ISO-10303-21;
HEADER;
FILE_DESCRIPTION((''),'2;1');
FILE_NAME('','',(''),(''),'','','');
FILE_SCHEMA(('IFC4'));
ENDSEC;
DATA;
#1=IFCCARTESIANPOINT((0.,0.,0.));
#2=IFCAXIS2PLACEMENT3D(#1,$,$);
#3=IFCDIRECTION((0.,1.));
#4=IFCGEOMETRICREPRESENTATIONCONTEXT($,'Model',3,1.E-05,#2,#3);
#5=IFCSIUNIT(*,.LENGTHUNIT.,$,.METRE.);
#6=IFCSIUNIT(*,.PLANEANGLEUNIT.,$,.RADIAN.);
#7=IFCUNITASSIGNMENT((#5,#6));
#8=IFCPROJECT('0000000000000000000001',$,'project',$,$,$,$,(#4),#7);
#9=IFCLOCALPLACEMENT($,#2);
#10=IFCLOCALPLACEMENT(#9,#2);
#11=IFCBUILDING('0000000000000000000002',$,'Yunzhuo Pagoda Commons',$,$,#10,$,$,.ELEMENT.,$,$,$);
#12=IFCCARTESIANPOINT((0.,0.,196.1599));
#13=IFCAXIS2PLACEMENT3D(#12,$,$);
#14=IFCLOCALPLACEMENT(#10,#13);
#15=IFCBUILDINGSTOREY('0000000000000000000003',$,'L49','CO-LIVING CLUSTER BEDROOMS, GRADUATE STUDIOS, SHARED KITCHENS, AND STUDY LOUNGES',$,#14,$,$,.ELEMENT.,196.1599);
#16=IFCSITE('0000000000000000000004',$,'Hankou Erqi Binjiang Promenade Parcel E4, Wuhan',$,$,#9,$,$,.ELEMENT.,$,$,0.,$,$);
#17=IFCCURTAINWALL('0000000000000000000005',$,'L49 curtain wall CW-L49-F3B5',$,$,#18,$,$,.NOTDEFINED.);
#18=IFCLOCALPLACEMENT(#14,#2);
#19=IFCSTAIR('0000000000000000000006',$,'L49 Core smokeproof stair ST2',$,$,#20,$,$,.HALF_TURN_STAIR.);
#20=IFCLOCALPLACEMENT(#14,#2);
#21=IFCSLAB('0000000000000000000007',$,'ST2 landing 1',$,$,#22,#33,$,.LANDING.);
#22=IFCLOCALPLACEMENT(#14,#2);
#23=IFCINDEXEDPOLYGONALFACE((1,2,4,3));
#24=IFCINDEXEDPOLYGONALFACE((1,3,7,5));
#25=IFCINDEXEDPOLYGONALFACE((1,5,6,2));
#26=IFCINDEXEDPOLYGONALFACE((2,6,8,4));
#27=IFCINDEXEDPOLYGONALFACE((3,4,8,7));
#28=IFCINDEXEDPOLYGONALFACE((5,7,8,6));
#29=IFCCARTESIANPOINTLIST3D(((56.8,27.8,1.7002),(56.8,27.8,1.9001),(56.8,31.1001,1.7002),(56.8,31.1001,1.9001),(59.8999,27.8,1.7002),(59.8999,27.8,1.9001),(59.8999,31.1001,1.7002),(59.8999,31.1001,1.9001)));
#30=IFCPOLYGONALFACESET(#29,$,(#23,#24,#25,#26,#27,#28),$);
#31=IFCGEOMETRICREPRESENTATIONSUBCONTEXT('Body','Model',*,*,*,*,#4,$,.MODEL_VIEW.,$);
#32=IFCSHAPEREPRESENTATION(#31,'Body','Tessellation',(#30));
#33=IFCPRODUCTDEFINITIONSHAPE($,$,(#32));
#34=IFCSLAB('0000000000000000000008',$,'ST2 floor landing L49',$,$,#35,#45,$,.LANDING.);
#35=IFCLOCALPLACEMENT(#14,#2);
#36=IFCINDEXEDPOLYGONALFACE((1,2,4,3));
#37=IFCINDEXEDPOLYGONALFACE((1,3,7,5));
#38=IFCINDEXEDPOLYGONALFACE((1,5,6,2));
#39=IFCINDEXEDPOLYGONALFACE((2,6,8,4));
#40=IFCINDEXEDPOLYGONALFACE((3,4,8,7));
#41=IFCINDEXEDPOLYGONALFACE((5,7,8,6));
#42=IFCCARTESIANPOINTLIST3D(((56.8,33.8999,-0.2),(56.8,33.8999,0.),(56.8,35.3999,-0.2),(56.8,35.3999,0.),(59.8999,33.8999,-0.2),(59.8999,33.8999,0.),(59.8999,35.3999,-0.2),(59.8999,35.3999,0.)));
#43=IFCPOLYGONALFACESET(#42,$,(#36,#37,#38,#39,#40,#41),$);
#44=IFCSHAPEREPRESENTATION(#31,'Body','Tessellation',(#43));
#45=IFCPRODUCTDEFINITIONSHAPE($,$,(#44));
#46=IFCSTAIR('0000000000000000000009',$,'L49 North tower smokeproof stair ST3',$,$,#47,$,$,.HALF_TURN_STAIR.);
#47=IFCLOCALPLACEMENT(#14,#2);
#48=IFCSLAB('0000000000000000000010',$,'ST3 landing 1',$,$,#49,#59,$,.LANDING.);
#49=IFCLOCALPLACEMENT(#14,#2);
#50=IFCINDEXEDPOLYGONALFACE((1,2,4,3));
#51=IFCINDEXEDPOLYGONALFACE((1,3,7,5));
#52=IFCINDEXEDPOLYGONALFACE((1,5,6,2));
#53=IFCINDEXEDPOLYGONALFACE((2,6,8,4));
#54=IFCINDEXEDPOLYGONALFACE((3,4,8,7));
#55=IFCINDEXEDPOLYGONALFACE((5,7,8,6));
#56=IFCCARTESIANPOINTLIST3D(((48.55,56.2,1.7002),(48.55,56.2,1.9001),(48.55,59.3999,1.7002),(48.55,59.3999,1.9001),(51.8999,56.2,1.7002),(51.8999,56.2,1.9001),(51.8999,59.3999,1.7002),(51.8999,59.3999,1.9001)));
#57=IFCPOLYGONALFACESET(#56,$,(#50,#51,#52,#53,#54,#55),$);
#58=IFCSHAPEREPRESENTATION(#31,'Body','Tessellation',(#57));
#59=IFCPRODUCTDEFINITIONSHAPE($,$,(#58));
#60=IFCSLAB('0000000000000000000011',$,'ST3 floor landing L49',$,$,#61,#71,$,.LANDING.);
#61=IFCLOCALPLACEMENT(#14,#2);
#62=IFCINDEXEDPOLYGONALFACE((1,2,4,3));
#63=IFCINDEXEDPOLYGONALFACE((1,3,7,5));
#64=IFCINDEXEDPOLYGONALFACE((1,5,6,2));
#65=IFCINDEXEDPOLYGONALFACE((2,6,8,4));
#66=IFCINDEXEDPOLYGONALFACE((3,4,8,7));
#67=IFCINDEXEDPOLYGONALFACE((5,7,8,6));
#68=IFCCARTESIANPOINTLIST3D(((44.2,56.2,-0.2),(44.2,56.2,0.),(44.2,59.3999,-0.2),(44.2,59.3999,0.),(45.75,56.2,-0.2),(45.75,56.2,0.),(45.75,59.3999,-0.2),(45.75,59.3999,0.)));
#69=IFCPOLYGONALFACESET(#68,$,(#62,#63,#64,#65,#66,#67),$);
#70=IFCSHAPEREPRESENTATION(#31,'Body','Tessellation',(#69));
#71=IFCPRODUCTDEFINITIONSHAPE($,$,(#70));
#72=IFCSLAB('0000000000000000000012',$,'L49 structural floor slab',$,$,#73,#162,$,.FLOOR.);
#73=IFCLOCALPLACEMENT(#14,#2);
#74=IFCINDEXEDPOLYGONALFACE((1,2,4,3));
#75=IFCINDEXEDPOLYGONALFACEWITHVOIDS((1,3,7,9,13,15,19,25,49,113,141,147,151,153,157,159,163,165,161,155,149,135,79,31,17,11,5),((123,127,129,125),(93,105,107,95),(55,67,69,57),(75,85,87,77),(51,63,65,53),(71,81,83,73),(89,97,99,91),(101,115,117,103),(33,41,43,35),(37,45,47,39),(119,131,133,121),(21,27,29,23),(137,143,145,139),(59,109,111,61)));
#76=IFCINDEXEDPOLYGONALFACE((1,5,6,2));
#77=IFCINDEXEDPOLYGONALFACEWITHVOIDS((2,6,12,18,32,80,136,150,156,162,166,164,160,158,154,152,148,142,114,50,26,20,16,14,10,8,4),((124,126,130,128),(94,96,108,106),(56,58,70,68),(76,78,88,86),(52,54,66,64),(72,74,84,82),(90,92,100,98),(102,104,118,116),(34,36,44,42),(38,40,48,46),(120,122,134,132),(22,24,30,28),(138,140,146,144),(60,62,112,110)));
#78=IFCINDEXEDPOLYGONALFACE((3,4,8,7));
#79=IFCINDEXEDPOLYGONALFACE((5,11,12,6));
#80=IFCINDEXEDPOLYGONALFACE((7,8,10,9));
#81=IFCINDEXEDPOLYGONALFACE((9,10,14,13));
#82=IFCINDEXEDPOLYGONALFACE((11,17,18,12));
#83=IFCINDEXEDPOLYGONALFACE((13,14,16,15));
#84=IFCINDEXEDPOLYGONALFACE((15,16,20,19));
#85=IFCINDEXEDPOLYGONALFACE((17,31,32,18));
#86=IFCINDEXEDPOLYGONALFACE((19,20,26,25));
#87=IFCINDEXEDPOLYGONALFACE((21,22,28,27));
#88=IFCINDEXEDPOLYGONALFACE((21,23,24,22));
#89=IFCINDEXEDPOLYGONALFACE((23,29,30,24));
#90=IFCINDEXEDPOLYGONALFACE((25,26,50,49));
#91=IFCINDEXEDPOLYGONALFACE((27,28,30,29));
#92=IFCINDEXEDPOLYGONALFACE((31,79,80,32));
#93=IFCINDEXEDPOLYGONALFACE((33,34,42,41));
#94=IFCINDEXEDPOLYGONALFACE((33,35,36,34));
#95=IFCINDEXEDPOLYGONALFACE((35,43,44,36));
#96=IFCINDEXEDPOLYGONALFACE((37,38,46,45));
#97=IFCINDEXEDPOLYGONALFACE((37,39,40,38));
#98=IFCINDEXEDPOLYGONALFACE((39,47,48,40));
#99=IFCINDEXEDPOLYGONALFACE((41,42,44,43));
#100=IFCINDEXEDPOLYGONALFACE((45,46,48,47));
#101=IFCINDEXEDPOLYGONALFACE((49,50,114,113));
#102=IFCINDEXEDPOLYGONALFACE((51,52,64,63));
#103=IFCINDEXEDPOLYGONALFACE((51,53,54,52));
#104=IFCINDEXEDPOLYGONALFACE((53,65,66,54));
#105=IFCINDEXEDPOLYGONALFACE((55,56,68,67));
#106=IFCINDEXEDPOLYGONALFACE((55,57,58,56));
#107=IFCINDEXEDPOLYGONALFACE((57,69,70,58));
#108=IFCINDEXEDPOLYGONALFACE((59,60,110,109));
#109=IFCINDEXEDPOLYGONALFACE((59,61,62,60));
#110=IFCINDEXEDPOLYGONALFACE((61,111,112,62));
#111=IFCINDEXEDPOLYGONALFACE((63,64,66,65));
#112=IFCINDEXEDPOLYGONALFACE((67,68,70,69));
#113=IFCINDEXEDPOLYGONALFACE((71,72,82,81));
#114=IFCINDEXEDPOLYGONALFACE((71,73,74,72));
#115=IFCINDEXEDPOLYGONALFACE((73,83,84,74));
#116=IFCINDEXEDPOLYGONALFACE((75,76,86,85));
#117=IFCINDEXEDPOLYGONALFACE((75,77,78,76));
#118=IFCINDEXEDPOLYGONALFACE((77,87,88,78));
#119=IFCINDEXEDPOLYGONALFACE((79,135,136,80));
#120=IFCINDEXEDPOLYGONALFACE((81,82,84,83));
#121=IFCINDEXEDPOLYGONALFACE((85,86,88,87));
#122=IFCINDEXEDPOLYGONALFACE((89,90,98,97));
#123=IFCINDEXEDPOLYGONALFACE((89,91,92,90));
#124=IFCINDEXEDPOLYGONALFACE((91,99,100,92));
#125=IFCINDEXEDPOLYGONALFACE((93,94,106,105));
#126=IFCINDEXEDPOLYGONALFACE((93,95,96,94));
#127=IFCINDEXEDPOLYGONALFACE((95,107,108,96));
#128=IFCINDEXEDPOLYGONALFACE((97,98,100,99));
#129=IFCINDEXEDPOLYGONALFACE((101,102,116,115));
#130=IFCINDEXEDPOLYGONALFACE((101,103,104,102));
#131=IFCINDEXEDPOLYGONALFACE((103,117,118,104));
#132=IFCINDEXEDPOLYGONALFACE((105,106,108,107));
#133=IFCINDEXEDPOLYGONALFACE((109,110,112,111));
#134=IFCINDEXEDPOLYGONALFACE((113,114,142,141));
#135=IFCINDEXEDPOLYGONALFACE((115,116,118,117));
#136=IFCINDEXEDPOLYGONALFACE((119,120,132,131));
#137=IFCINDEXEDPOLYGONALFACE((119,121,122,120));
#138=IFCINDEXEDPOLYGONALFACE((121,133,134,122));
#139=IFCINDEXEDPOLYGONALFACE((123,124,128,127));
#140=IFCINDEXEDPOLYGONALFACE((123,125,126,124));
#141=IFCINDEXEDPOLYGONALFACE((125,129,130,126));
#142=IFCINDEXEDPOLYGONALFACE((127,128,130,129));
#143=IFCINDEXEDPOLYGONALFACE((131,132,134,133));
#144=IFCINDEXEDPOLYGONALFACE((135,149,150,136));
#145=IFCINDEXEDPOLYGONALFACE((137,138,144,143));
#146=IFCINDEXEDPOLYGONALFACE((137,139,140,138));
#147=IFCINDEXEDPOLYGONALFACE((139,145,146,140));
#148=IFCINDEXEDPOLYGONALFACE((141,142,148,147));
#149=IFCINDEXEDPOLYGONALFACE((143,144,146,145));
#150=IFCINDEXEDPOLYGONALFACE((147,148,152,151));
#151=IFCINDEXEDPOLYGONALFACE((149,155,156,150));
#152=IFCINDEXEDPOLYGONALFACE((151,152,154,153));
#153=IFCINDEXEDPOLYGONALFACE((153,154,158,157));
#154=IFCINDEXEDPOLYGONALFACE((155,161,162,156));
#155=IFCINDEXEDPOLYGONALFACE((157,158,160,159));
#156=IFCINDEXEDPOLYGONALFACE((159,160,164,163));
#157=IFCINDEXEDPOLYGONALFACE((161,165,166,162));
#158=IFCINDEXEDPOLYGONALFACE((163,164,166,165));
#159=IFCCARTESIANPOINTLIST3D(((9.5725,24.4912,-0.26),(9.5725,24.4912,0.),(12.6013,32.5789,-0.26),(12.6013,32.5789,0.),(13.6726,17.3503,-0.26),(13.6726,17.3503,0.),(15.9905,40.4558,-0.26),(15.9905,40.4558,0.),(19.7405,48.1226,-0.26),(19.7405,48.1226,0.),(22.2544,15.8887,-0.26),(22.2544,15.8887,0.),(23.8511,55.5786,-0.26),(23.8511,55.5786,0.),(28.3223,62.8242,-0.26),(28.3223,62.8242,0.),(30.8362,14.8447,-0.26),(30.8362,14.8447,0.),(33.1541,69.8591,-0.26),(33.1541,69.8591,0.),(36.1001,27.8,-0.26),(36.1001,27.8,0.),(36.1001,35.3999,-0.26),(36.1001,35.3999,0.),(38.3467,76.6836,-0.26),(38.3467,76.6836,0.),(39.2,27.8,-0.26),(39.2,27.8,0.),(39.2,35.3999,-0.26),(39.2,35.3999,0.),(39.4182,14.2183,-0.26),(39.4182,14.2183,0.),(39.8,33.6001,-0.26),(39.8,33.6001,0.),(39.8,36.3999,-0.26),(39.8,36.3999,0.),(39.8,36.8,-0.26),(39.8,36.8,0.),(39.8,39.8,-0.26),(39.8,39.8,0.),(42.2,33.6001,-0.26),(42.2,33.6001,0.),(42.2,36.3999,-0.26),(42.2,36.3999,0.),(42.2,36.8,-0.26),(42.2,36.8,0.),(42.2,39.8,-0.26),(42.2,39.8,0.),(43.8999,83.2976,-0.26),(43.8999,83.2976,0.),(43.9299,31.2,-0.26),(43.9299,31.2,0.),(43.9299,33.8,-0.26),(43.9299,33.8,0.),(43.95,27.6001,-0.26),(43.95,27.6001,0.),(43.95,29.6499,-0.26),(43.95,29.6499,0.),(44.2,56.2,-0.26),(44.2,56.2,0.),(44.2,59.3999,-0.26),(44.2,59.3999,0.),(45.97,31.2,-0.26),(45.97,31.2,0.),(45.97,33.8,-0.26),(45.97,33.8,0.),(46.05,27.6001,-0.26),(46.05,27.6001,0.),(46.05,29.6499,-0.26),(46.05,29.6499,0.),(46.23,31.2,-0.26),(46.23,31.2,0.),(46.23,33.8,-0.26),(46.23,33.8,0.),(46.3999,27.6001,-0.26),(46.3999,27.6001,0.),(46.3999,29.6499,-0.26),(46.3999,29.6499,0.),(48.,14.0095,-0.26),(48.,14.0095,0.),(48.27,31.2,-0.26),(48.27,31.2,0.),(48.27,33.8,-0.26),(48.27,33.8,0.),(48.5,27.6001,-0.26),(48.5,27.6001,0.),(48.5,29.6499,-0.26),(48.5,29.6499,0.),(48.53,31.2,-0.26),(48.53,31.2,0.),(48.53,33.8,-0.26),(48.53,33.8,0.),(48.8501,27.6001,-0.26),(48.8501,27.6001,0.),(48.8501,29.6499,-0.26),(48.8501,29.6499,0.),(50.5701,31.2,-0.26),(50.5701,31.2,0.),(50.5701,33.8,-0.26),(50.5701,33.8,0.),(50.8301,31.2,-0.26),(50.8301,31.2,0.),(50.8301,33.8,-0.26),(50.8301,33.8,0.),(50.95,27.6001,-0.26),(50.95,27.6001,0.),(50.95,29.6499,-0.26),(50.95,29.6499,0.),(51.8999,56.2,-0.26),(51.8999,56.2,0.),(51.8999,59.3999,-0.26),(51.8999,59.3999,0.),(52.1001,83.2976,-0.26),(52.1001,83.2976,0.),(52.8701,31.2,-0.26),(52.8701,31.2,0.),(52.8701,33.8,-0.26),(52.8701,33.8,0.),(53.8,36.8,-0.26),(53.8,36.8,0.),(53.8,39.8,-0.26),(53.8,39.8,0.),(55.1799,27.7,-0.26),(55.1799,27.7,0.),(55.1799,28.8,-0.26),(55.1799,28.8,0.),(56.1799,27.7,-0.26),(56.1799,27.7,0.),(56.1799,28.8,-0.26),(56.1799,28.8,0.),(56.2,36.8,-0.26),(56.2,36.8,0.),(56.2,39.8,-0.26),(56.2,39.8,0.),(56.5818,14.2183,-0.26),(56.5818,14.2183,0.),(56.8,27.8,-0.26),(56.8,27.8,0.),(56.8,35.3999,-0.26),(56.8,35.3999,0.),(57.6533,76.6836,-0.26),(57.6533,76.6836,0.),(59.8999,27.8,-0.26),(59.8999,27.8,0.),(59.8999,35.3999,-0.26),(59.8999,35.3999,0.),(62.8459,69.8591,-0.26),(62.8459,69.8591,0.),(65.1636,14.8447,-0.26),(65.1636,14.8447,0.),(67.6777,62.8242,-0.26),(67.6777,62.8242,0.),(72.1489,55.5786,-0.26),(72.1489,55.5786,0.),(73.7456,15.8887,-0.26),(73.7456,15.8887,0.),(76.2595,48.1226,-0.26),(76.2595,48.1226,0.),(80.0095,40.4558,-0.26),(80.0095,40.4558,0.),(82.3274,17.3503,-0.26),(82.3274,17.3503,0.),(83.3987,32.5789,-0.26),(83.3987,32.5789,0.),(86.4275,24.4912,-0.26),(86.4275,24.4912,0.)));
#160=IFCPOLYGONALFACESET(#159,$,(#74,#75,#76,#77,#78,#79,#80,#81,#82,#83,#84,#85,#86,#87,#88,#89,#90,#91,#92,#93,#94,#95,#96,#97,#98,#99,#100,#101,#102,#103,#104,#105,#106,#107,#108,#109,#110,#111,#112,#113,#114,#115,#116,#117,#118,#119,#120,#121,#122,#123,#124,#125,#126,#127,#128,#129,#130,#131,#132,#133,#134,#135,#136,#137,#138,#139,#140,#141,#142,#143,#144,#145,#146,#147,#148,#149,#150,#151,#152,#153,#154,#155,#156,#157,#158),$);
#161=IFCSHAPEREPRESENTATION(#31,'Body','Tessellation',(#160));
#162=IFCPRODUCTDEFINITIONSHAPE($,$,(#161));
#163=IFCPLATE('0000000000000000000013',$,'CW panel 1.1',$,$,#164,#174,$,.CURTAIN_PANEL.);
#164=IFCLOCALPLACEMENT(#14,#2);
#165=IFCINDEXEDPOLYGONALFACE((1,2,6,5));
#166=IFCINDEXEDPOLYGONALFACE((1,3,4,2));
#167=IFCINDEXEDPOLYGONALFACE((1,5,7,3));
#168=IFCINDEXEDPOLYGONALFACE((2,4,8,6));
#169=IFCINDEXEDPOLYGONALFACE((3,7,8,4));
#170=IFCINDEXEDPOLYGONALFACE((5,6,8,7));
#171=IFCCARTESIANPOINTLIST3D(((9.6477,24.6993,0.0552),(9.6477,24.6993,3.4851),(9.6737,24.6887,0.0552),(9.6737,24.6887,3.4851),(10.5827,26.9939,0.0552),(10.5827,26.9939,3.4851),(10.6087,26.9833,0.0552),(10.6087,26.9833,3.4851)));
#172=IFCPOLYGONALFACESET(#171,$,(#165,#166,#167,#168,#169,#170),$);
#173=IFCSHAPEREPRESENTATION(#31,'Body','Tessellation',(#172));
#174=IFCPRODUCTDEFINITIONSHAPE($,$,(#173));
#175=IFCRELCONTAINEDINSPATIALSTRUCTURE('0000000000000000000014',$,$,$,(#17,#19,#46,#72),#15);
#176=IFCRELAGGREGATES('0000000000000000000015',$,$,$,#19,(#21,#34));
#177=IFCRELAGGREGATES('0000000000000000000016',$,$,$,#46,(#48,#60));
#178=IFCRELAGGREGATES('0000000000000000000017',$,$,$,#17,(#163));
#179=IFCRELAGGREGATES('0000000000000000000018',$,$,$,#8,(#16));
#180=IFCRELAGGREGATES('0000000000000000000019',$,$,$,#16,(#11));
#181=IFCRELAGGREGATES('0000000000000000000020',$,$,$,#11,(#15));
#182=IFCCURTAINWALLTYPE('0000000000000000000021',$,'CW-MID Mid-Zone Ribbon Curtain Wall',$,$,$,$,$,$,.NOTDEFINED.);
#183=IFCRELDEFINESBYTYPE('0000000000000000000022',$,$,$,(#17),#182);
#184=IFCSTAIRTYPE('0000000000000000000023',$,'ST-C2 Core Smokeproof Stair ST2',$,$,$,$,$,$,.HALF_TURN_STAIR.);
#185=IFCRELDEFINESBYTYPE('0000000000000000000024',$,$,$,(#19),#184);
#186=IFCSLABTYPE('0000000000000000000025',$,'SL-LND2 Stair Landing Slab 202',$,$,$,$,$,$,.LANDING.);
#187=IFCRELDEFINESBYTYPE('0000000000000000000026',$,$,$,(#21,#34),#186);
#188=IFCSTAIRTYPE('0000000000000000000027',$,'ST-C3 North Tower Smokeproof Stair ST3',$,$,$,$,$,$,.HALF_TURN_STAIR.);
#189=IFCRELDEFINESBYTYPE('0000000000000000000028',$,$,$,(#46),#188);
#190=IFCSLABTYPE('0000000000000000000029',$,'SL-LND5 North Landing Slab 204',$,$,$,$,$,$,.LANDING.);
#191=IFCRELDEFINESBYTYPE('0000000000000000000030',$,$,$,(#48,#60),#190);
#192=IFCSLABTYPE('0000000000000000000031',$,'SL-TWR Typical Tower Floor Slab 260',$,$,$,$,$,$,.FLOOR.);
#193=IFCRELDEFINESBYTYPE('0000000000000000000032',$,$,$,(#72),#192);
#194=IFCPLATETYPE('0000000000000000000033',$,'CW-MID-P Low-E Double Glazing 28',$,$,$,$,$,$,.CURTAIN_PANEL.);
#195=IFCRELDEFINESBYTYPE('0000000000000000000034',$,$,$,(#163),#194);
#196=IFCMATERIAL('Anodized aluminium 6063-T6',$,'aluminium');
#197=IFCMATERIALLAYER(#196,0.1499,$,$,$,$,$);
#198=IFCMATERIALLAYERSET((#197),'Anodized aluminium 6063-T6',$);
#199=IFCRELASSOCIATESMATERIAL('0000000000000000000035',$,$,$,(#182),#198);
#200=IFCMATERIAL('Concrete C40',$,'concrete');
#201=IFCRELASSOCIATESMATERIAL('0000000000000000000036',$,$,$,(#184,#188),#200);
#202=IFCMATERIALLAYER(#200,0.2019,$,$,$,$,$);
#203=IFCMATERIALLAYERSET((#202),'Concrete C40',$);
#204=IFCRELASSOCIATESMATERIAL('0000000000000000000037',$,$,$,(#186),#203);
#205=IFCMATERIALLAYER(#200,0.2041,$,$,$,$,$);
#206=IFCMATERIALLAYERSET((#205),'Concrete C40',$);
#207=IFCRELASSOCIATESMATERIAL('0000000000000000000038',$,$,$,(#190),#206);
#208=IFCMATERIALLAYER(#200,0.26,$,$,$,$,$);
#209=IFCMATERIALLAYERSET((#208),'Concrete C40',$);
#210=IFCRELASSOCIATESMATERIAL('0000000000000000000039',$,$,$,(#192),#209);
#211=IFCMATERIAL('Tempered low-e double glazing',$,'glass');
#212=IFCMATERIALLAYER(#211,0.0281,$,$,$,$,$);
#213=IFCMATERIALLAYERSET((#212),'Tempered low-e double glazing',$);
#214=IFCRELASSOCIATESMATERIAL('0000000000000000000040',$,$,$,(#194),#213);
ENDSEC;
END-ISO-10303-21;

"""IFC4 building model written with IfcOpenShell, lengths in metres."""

from ifc_helpers import new_model, si_unit, direction, frame, origin, origin_2d, place, context, subcontext, project, spatial, polyline, rectangle, outline, extrude, source, transform, mapped, material, layer, layer_set, type_object, element, aggregate, save


model = new_model("IFC4")

# Units and contexts
model_context = context("Model", 3, precision=1e-05, world=origin(), true_north=direction((0.0, 1.0)))
body_context = subcontext(model_context, "Body", "Model", "MODEL_VIEW")
ifc_project = project(units=[si_unit("LENGTHUNIT", "METRE"), si_unit("PLANEANGLEUNIT", "RADIAN")], contexts=[model_context])

# Site, building, storey
site_placement = place(None, origin())
site = spatial("IfcSite", under=ifc_project, at=site_placement, Name="Hankou Erqi Binjiang Promenade Parcel E4, Wuhan", CompositionType="ELEMENT", RefElevation=0.0)
building_placement = place(site_placement, origin())
building = spatial("IfcBuilding", under=site, at=building_placement, Name="Yunzhuo Pagoda Commons", CompositionType="ELEMENT")
storey_placement = place(building_placement, frame((0.0, 0.0, 196.1599)))
storey = spatial("IfcBuildingStorey", under=building, at=storey_placement, Name="L49", Description="CO-LIVING CLUSTER BEDROOMS, GRADUATE STUDIOS, SHARED KITCHENS, AND STUDY LOUNGES", CompositionType="ELEMENT", Elevation=196.1599)

# Shared definitions
ifc_material_1 = material(Name="Anodized aluminium 6063-T6", Category="aluminium")
ifc_layer_1 = layer(ifc_material_1, 0.1499)
ifc_layer_set_1 = layer_set([ifc_layer_1], Name="Anodized aluminium 6063-T6")
curtain_wall_type = type_object("IfcCurtainWallType", Name="CW-MID Mid-Zone Ribbon Curtain Wall", PredefinedType="NOTDEFINED", material=ifc_layer_set_1)

# Curtain wall
curtain_wall_1_placement = place(storey_placement, origin())
curtain_wall_1 = element("IfcCurtainWall", 1, at=curtain_wall_1_placement, inside=storey, type_object=curtain_wall_type, Name="L49 curtain wall CW-L49-F3B5", PredefinedType="NOTDEFINED")

# Shared definitions
ifc_material_2 = material(Name="Concrete C40", Category="concrete")

# Stairs, slabs
stair_type_1 = type_object("IfcStairType", Name="ST-C2 Core Smokeproof Stair ST2", PredefinedType="HALF_TURN_STAIR", material=ifc_material_2)
stair_1_placement = place(storey_placement, origin())
stair_1 = element("IfcStair", 2, at=stair_1_placement, inside=storey, type_object=stair_type_1, Name="L49 Core smokeproof stair ST2", PredefinedType="HALF_TURN_STAIR")
ifc_layer_2 = layer(ifc_material_2, 0.2019)
ifc_layer_set_2 = layer_set([ifc_layer_2], Name="Concrete C40")
slab_type_1 = type_object("IfcSlabType", Name="SL-LND2 Stair Landing Slab 202", PredefinedType="LANDING", material=ifc_layer_set_2)
slab_1_placement = place(storey_placement, frame((0.0, 0.0, 1.7002)))
slab_1 = element("IfcSlab", 3, at=slab_1_placement, type_object=slab_type_1, Name="ST2 landing 1", PredefinedType="LANDING", context=body_context, shape_type="SweptSolid", body=[
    extrude(outline(polyline([(56.8, 31.1001), (56.8, 27.8), (59.8999, 27.8), (59.8999, 31.1001), (56.8, 31.1001)])), origin(), (0.0, 0.0, 1.0), 0.2),
])
slab_2_placement = place(storey_placement, frame((0.0, 0.0, -0.2)))
slab_2 = element("IfcSlab", 4, at=slab_2_placement, type_object=slab_type_1, Name="ST2 floor landing L49", PredefinedType="LANDING", context=body_context, shape_type="SweptSolid", body=[
    extrude(outline(polyline([(56.8, 35.3999), (56.8, 33.8999), (59.8999, 33.8999), (59.8999, 35.3999), (56.8, 35.3999)])), origin(), (0.0, 0.0, 1.0), 0.2),
])
aggregate(stair_1, [slab_1, slab_2])
stair_type_2 = type_object("IfcStairType", Name="ST-C3 North Tower Smokeproof Stair ST3", PredefinedType="HALF_TURN_STAIR", material=ifc_material_2)
stair_2_placement = place(storey_placement, origin())
stair_2 = element("IfcStair", 5, at=stair_2_placement, inside=storey, type_object=stair_type_2, Name="L49 North tower smokeproof stair ST3", PredefinedType="HALF_TURN_STAIR")
ifc_layer_3 = layer(ifc_material_2, 0.2041)
ifc_layer_set_3 = layer_set([ifc_layer_3], Name="Concrete C40")
slab_type_2 = type_object("IfcSlabType", Name="SL-LND5 North Landing Slab 204", PredefinedType="LANDING", material=ifc_layer_set_3)
slab_3_placement = place(storey_placement, frame((0.0, 0.0, 1.7002)))
slab_3 = element("IfcSlab", 6, at=slab_3_placement, type_object=slab_type_2, Name="ST3 landing 1", PredefinedType="LANDING", context=body_context, shape_type="SweptSolid", body=[
    extrude(outline(polyline([(48.55, 56.2), (51.8999, 56.2), (51.8999, 59.3999), (48.55, 59.3999), (48.55, 56.2)])), origin(), (0.0, 0.0, 1.0), 0.2),
])
slab_4_placement = place(storey_placement, frame((0.0, 0.0, -0.2)))
slab_4 = element("IfcSlab", 7, at=slab_4_placement, type_object=slab_type_2, Name="ST3 floor landing L49", PredefinedType="LANDING", context=body_context, shape_type="SweptSolid", body=[
    extrude(outline(polyline([(44.2, 56.2), (45.75, 56.2), (45.75, 59.3999), (44.2, 59.3999), (44.2, 56.2)])), origin(), (0.0, 0.0, 1.0), 0.2),
])
aggregate(stair_2, [slab_3, slab_4])

# Slab
ifc_layer_4 = layer(ifc_material_2, 0.26)
ifc_layer_set_4 = layer_set([ifc_layer_4], Name="Concrete C40")
slab_type_3 = type_object("IfcSlabType", Name="SL-TWR Typical Tower Floor Slab 260", PredefinedType="FLOOR", material=ifc_layer_set_4)
slab_5_placement = place(storey_placement, frame((0.0, 0.0, -0.26)))
element("IfcSlab", 8, at=slab_5_placement, inside=storey, type_object=slab_type_3, Name="L49 structural floor slab", PredefinedType="FLOOR", context=body_context, shape_type="SweptSolid", body=[
    extrude(outline(polyline([(12.6013, 32.5789), (15.9905, 40.4558), (19.7405, 48.1226), (23.8511, 55.5786), (28.3223, 62.8242), (33.1541, 69.8591), (38.3467, 76.6836), (43.8999, 83.2976), (52.1001, 83.2976), (57.6533, 76.6836), (62.8459, 69.8591), (67.6777, 62.8242), (72.1489, 55.5786), (76.2595, 48.1226), (80.0095, 40.4558), (83.3987, 32.5789), (86.4275, 24.4912), (82.3274, 17.3503), (73.7456, 15.8887), (65.1636, 14.8447), (56.5818, 14.2183), (48.0, 14.0095), (39.4182, 14.2183), (30.8362, 14.8447), (22.2544, 15.8887), (13.6726, 17.3503), (9.5725, 24.4912), (12.6013, 32.5789)]), holes=[polyline([(46.05, 29.6499), (43.95, 29.6499), (43.95, 27.6001), (46.05, 27.6001), (46.05, 29.6499)]), polyline([(48.5, 27.6001), (48.5, 29.6499), (46.3999, 29.6499), (46.3999, 27.6001), (48.5, 27.6001)]), polyline([(36.1001, 27.8), (39.2, 27.8), (39.2, 35.3999), (36.1001, 35.3999), (36.1001, 27.8)]), polyline([(45.97, 31.2), (45.97, 33.8), (43.9299, 33.8), (43.9299, 31.2), (45.97, 31.2)]), polyline([(48.27, 31.2), (48.27, 33.8), (46.23, 33.8), (46.23, 31.2), (48.27, 31.2)]), polyline([(42.2, 33.6001), (42.2, 36.3999), (39.8, 36.3999), (39.8, 33.6001), (42.2, 33.6001)]), polyline([(42.2, 36.8), (42.2, 39.8), (39.8, 39.8), (39.8, 36.8), (42.2, 36.8)]), polyline([(56.1799, 28.8), (55.1799, 28.8), (55.1799, 27.7), (56.1799, 27.7), (56.1799, 28.8)]), polyline([(50.95, 27.6001), (50.95, 29.6499), (48.8501, 29.6499), (48.8501, 27.6001), (50.95, 27.6001)]), polyline([(56.8, 27.8), (59.8999, 27.8), (59.8999, 35.3999), (56.8, 35.3999), (56.8, 27.8)]), polyline([(50.5701, 31.2), (50.5701, 33.8), (48.53, 33.8), (48.53, 31.2), (50.5701, 31.2)]), polyline([(52.8701, 31.2), (52.8701, 33.8), (50.8301, 33.8), (50.8301, 31.2), (52.8701, 31.2)]), polyline([(56.2, 36.8), (56.2, 39.8), (53.8, 39.8), (53.8, 36.8), (56.2, 36.8)]), polyline([(51.8999, 56.2), (51.8999, 59.3999), (44.2, 59.3999), (44.2, 56.2), (51.8999, 56.2)])]), origin(), (0.0, 0.0, 1.0), 0.26),
])

# Plate
ifc_material_3 = material(Name="Tempered low-e double glazing", Category="glass")
ifc_layer_5 = layer(ifc_material_3, 0.0281)
ifc_layer_set_5 = layer_set([ifc_layer_5], Name="Tempered low-e double glazing")
plate_type = type_object("IfcPlateType", Name="CW-MID-P Low-E Double Glazing 28", PredefinedType="CURTAIN_PANEL", material=ifc_layer_set_5)
shared_shape_1 = source(origin(), body_context, "Body", "SweptSolid", [
    extrude(rectangle(XDim=2.4778, YDim=0.0281, at=origin_2d()), origin(), (0.0, 0.0, 1.0), 3.4299),
])
plate_placement = place(storey_placement, frame((10.1282, 25.8413, 0.0552), z_axis=(0.0, 0.0, 1.0), x_axis=(-0.377349, -0.926071, 0.0)))
plate = element("IfcPlate", 9, at=plate_placement, type_object=plate_type, Name="CW panel 1.1", PredefinedType="CURTAIN_PANEL", context=body_context, shape_type="MappedRepresentation", body=[
    mapped(shared_shape_1, transform((0.0, 0.0, 0.0), scale=1.0)),
])
aggregate(curtain_wall_1, [plate])

save(model, "model.ifc")
